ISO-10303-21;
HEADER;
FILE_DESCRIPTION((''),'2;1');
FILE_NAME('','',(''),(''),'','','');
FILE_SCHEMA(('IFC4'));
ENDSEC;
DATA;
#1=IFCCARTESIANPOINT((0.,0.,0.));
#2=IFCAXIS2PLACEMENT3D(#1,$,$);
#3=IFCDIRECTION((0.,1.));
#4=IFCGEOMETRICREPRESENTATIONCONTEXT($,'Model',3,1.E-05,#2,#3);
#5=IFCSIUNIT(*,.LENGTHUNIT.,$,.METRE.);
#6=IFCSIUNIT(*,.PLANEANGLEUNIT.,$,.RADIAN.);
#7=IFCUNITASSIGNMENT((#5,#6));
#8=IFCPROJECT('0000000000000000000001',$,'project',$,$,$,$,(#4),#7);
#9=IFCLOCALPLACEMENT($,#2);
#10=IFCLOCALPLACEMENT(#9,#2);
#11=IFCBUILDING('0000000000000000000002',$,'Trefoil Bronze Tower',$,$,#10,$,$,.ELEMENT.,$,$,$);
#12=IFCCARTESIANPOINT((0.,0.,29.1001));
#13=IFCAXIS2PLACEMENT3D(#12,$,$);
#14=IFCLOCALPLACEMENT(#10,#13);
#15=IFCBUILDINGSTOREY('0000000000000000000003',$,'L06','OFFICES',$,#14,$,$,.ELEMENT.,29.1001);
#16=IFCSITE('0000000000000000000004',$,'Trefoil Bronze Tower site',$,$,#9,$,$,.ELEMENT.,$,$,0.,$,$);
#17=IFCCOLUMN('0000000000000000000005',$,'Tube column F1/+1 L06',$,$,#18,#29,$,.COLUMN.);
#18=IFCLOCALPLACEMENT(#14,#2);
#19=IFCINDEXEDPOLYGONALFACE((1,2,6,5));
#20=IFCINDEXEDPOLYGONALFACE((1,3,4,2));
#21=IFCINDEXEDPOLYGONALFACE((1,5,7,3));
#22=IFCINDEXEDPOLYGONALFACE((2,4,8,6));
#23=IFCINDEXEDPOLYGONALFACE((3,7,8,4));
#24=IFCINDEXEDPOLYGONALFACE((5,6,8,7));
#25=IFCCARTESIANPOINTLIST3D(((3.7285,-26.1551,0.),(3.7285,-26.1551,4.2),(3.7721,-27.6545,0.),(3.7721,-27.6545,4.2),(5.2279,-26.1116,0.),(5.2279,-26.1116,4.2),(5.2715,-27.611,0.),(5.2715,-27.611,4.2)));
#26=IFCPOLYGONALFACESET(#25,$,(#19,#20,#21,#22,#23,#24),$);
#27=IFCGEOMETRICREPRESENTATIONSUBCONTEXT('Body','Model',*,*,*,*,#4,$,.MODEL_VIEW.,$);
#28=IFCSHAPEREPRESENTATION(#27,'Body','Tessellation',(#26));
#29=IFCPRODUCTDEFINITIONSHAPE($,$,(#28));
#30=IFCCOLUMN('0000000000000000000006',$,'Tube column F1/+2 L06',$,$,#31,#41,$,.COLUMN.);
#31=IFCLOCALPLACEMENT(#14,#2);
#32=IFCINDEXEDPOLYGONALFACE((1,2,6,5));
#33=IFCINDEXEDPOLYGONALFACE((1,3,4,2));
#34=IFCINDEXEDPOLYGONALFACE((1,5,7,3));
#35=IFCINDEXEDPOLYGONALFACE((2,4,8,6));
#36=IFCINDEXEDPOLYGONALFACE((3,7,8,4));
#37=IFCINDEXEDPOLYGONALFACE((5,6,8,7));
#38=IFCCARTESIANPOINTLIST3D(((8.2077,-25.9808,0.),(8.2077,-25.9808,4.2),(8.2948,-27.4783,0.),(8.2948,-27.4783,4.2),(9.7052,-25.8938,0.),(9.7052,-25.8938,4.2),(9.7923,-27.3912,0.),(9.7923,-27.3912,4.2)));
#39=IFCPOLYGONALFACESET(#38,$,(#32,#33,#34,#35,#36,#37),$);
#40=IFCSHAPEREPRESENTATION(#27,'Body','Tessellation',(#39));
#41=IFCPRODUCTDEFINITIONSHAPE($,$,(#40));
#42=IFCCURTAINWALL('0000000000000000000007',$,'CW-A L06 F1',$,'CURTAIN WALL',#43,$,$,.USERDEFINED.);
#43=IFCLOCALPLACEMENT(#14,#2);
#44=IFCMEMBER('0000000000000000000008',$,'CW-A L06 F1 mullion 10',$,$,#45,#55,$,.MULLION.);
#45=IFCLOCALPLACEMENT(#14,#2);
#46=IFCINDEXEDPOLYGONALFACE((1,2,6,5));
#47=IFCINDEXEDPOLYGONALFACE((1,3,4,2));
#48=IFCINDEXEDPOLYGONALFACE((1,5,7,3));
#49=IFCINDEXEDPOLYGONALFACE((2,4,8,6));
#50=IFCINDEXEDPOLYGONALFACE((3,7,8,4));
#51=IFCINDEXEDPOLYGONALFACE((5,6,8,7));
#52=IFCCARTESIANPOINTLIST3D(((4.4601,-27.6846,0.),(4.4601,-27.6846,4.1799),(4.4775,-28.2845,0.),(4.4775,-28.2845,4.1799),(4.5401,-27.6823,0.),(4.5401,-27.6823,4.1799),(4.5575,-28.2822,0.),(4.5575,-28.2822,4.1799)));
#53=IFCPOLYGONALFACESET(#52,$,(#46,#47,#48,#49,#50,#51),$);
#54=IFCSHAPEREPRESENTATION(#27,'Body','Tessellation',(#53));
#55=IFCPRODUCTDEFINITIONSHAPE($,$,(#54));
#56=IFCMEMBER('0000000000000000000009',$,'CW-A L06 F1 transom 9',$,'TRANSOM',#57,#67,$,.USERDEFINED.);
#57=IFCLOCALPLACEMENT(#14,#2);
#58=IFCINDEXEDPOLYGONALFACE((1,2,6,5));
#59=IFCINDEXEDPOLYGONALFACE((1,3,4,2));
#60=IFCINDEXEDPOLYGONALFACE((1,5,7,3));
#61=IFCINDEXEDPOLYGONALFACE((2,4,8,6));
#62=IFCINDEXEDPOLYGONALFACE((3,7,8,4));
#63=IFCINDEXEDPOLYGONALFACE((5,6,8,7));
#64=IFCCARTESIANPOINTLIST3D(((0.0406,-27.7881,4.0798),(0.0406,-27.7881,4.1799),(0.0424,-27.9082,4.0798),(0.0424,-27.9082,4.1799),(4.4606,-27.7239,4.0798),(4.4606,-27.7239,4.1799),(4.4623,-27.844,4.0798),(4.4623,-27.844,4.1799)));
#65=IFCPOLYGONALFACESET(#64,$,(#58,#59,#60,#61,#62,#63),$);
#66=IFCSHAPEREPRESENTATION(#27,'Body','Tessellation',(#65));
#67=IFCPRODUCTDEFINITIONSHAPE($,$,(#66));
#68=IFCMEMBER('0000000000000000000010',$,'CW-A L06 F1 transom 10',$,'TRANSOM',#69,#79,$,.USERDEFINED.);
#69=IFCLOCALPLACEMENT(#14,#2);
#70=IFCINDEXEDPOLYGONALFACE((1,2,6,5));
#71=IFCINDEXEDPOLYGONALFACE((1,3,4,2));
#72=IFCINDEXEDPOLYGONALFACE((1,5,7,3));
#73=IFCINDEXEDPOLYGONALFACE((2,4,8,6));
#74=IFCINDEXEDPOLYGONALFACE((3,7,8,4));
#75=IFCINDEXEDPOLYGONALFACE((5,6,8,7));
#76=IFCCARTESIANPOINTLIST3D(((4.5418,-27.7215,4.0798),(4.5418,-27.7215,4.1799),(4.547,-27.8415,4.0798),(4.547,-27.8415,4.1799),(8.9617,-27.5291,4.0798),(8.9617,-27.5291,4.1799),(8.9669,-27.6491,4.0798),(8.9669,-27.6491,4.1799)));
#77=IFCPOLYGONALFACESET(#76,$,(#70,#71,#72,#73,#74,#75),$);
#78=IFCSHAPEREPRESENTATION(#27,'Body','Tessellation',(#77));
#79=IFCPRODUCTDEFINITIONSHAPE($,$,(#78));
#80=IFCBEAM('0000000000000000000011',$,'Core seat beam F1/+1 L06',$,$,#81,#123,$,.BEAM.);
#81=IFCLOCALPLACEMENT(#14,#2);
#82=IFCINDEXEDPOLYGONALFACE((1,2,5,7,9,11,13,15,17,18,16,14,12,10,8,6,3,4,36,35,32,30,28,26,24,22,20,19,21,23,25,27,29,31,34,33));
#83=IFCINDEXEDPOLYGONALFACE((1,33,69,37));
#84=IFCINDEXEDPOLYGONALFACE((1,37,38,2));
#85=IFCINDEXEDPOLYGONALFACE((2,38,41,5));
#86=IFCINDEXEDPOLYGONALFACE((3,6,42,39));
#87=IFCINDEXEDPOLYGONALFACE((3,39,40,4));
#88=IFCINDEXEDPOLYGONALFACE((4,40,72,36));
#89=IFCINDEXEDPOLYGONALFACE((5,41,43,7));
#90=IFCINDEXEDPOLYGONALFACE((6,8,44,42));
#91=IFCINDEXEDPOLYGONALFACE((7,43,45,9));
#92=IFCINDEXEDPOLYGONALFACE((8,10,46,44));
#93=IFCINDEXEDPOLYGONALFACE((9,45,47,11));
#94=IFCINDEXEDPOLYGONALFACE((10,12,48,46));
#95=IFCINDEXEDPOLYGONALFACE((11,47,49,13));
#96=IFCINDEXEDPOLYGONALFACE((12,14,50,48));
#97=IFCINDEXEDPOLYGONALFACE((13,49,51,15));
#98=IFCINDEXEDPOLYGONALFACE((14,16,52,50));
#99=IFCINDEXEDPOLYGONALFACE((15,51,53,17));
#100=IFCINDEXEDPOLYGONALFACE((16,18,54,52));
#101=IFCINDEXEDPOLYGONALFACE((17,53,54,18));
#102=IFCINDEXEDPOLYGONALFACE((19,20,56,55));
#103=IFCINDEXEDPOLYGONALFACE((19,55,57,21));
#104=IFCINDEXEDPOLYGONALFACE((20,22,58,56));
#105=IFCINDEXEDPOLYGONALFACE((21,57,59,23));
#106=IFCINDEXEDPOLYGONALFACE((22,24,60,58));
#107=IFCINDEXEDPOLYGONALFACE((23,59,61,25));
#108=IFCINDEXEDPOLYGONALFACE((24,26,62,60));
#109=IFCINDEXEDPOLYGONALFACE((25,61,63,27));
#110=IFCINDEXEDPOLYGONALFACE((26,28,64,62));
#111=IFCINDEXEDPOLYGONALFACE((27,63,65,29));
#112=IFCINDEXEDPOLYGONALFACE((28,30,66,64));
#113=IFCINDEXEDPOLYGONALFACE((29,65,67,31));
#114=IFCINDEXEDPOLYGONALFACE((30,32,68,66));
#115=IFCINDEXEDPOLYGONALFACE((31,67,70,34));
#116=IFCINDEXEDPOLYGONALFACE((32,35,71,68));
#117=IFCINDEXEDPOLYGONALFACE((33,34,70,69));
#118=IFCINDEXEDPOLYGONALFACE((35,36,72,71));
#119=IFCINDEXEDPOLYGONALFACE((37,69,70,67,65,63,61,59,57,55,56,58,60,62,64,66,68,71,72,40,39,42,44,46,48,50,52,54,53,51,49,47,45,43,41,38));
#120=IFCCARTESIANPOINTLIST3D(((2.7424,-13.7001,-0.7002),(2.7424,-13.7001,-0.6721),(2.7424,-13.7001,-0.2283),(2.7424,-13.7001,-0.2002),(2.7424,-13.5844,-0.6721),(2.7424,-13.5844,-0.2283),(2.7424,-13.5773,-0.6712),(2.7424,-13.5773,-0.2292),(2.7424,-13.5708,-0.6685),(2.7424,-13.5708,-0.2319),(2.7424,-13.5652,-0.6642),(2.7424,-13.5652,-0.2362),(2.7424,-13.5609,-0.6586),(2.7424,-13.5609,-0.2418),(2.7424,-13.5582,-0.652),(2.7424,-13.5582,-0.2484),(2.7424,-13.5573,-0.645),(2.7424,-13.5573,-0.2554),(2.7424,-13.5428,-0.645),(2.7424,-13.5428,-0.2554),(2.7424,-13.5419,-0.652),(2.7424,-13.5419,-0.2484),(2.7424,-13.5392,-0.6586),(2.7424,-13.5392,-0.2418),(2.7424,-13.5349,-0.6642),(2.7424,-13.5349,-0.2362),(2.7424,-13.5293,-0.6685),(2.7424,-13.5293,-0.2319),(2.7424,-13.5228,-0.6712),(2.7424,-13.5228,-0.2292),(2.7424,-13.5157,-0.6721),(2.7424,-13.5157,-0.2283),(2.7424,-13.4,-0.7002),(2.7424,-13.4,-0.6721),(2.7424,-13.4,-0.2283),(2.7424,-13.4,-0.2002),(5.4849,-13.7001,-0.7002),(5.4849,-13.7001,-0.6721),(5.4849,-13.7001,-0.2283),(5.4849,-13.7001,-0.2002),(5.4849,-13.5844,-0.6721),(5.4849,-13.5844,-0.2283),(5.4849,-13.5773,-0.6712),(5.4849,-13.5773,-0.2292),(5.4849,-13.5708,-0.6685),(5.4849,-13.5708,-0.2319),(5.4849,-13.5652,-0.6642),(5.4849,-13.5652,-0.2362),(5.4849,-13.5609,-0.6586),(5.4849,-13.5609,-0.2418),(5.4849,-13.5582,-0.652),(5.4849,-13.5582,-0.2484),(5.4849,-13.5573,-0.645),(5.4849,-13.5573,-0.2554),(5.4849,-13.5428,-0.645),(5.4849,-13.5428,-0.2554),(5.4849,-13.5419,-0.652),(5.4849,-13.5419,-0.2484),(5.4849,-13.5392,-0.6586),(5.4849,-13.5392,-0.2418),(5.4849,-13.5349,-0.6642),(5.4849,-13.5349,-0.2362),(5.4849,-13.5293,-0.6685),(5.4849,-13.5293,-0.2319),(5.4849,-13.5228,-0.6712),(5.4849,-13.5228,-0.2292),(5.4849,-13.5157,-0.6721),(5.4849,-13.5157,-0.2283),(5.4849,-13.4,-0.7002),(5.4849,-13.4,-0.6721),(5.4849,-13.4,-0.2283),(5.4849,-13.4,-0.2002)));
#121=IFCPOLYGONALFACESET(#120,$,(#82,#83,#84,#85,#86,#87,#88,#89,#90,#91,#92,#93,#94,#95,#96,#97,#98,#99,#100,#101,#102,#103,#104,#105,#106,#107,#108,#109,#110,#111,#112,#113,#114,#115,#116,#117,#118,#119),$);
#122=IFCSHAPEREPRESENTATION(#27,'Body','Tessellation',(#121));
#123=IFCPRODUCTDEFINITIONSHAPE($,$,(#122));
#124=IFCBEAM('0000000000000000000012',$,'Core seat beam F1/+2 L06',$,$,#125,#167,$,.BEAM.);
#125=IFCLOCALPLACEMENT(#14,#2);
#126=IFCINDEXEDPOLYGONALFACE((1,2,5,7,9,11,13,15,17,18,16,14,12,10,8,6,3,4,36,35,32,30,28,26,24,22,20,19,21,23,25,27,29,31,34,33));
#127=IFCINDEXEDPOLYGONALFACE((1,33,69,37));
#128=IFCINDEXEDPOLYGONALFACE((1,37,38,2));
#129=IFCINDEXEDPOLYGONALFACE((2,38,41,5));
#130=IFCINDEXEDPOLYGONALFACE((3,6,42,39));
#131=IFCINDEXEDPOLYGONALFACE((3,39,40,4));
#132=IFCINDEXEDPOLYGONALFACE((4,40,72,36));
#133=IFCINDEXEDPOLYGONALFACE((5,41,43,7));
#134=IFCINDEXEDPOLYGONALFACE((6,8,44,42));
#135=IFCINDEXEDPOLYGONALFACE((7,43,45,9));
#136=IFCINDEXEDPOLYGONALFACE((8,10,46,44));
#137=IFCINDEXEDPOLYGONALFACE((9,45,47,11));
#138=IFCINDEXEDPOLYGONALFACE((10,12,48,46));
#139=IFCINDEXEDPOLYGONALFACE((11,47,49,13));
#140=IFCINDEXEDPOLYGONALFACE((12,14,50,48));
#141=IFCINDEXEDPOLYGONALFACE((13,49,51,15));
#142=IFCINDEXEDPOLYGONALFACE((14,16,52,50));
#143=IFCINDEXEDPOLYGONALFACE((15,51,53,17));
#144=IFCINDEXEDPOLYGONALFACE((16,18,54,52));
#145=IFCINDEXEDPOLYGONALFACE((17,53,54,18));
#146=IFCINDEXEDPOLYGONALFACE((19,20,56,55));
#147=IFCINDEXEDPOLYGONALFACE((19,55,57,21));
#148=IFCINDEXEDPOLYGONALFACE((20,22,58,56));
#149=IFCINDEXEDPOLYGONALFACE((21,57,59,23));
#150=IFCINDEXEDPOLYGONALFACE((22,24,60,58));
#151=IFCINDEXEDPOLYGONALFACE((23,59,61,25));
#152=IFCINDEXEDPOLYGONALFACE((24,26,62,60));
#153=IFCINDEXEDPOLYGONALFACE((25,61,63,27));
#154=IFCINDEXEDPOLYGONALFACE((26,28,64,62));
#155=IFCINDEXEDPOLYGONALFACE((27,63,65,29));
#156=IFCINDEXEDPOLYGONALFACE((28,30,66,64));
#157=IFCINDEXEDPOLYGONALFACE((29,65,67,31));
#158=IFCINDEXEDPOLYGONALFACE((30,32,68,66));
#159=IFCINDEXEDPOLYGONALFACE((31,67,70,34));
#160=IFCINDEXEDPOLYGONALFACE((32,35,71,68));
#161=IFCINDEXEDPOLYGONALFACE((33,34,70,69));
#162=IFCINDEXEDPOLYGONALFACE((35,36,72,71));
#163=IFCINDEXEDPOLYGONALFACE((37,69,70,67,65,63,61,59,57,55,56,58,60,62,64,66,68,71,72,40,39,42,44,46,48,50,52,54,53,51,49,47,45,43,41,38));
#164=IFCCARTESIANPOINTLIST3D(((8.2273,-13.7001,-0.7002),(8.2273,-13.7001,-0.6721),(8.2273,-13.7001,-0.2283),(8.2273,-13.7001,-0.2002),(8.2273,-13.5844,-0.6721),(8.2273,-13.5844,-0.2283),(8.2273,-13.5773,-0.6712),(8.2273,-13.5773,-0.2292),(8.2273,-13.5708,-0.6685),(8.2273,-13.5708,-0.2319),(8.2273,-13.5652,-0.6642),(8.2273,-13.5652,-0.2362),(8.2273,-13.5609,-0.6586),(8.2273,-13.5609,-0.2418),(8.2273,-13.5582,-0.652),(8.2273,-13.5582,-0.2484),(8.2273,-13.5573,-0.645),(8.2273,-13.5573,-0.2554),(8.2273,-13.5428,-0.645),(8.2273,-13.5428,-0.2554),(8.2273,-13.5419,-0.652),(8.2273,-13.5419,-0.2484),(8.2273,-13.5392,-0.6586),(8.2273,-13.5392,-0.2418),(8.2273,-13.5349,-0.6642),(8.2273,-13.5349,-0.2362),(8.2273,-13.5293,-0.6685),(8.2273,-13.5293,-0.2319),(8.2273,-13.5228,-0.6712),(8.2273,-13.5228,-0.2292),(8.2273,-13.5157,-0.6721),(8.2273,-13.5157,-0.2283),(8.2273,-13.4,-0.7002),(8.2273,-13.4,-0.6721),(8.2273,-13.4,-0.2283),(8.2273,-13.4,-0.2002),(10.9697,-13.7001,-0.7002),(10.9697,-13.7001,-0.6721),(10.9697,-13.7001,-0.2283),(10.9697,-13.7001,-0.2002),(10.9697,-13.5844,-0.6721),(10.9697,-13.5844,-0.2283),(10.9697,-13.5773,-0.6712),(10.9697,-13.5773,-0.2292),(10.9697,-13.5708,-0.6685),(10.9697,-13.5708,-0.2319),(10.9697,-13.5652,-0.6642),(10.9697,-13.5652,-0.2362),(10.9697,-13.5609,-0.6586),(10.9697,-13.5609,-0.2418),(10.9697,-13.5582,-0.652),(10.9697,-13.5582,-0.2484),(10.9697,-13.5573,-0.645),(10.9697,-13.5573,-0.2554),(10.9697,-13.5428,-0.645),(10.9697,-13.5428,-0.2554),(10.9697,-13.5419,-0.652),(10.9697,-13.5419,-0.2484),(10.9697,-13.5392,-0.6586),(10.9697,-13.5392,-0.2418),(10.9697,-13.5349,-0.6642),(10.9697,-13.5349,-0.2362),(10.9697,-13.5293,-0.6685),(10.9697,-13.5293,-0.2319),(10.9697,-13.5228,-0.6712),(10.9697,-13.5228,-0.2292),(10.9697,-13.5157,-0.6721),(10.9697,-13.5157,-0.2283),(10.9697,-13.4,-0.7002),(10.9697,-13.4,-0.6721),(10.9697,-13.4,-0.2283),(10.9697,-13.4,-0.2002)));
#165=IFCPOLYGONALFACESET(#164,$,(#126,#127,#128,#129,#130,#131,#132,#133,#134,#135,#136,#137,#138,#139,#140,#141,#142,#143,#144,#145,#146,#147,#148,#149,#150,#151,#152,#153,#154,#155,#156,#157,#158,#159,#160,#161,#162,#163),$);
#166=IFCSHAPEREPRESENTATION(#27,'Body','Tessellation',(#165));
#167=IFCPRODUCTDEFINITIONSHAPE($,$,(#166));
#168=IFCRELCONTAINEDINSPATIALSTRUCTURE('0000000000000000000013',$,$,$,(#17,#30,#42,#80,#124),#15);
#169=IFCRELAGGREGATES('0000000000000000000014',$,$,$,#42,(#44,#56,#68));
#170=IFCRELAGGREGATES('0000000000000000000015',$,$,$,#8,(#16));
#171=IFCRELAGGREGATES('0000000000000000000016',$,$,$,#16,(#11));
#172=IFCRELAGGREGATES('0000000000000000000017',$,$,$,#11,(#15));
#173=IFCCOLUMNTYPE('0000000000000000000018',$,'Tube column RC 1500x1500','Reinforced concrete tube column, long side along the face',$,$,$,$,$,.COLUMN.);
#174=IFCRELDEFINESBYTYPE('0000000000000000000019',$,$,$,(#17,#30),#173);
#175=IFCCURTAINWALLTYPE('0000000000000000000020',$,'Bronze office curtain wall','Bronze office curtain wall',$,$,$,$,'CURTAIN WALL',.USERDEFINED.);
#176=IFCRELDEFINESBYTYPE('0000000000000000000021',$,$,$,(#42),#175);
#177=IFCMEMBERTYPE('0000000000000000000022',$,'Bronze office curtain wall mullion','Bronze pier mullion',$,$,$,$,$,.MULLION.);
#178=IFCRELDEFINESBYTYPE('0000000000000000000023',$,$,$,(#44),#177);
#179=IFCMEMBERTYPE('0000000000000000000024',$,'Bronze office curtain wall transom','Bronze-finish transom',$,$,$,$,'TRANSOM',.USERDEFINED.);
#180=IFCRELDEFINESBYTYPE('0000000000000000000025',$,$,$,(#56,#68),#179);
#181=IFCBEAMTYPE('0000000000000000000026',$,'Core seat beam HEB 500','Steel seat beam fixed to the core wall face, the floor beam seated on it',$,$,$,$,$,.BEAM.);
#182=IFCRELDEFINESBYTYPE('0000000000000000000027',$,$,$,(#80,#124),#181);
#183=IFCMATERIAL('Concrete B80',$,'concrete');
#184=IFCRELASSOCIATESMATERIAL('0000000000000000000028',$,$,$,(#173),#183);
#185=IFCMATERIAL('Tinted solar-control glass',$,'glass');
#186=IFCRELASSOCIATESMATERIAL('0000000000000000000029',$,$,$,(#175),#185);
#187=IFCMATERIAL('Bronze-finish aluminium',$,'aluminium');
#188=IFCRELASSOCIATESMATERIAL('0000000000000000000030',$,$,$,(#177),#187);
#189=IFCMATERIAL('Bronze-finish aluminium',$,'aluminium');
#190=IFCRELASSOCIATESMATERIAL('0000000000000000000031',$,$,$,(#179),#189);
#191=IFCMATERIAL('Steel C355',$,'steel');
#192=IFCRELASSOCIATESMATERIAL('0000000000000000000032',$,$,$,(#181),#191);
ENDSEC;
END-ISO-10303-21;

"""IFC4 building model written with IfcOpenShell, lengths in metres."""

from ifc_helpers import new_model, si_unit, direction, frame, origin, origin_2d, place, context, subcontext, project, spatial, rectangle, i_section, extrude, material, material_profile, profile_set, type_object, element, aggregate, save


model = new_model("IFC4")

# Units and contexts
model_context = context("Model", 3, precision=1e-05, world=origin(), true_north=direction((0.0, 1.0)))
body_context = subcontext(model_context, "Body", "Model", "MODEL_VIEW")
ifc_project = project(units=[si_unit("LENGTHUNIT", "METRE"), si_unit("PLANEANGLEUNIT", "RADIAN")], contexts=[model_context])

# Site, building, storey
site_placement = place(None, origin())
site = spatial("IfcSite", under=ifc_project, at=site_placement, Name="Trefoil Bronze Tower site", CompositionType="ELEMENT", RefElevation=0.0)
building_placement = place(site_placement, origin())
building = spatial("IfcBuilding", under=site, at=building_placement, Name="Trefoil Bronze Tower", CompositionType="ELEMENT")
storey_placement = place(building_placement, frame((0.0, 0.0, 29.1001)))
storey = spatial("IfcBuildingStorey", under=building, at=storey_placement, Name="L06", Description="OFFICES", CompositionType="ELEMENT", Elevation=29.1001)

# Columns
ifc_material_1 = material(Name="Concrete B80", Category="concrete")
ifc_material_profile_1 = material_profile(ifc_material_1, rectangle(XDim=1.5, YDim=1.5, at=origin_2d()), Name="RC 1500x1500")
ifc_profile_set_1 = profile_set([ifc_material_profile_1], Name="Concrete B80")
column_type = type_object("IfcColumnType", Name="Tube column RC 1500x1500", Description="Reinforced concrete tube column, long side along the face", PredefinedType="COLUMN", material=ifc_profile_set_1)
for number, where, z_axis, x_axis, name in (
    (1, (4.5, -26.8831, 0.0), (0.0, 0.0, 1.0), (0.999579, 0.029022, 0.0), "Tube column F1/+1 L06"),
    (2, (9.0, -26.686, 0.0), (0.0, 0.0, 1.0), (0.998314, 0.058043, 0.0), "Tube column F1/+2 L06"),
):
    element("IfcColumn", number, at=place(storey_placement, frame(where, z_axis=z_axis, x_axis=x_axis)), inside=storey, type_object=column_type, Name=name, PredefinedType="COLUMN", context=body_context, shape_type="SweptSolid", body=[
        extrude(rectangle(XDim=1.5, YDim=1.5, at=origin_2d()), origin(), (0.0, 0.0, 1.0), 4.2),
    ])

# Curtain wall, members
ifc_material_2 = material(Name="Tinted solar-control glass", Category="glass")
curtain_wall_type = type_object("IfcCurtainWallType", Name="Bronze office curtain wall", Description="Bronze office curtain wall", ElementType="CURTAIN WALL", PredefinedType="USERDEFINED", material=ifc_material_2)
curtain_wall_placement = place(storey_placement, origin())
curtain_wall = element("IfcCurtainWall", 3, at=curtain_wall_placement, inside=storey, type_object=curtain_wall_type, Name="CW-A L06 F1", ObjectType="CURTAIN WALL", PredefinedType="USERDEFINED")
ifc_material_3 = material(Name="Bronze-finish aluminium", Category="aluminium")
ifc_material_profile_2 = material_profile(ifc_material_3, rectangle(XDim=0.6001, YDim=0.0801, at=origin_2d()), Name="CW-A mullion")
ifc_profile_set_2 = profile_set([ifc_material_profile_2], Name="Bronze-finish aluminium")
member_type_1 = type_object("IfcMemberType", Name="Bronze office curtain wall mullion", Description="Bronze pier mullion", PredefinedType="MULLION", material=ifc_profile_set_2)
member_1_placement = place(storey_placement, frame((4.5088, -27.9834, 0.0), z_axis=(0.0, 0.0, 1.0), x_axis=(-0.029022, 0.999579, 0.0)))
member_1 = element("IfcMember", 4, at=member_1_placement, type_object=member_type_1, Name="CW-A L06 F1 mullion 10", PredefinedType="MULLION", context=body_context, shape_type="SweptSolid", body=[
    extrude(rectangle(XDim=0.6001, YDim=0.0801, at=origin_2d()), origin(), (0.0, 0.0, 1.0), 4.1799),
])
ifc_material_4 = material(Name="Bronze-finish aluminium", Category="aluminium")
ifc_material_profile_3 = material_profile(ifc_material_4, rectangle(XDim=0.1201, YDim=0.1001, at=origin_2d()), Name="CW-A transom")
ifc_profile_set_3 = profile_set([ifc_material_profile_3], Name="Bronze-finish aluminium")
member_type_2 = type_object("IfcMemberType", Name="Bronze office curtain wall transom", Description="Bronze-finish transom", ElementType="TRANSOM", PredefinedType="USERDEFINED", material=ifc_profile_set_3)
member_2_placement = place(storey_placement, frame((0.0415, -27.8481, 4.1299), z_axis=(0.999894, 0.014526, 0.0), x_axis=(-0.014526, 0.999894, 0.0)))
member_2 = element("IfcMember", 5, at=member_2_placement, type_object=member_type_2, Name="CW-A L06 F1 transom 9", ObjectType="TRANSOM", PredefinedType="USERDEFINED", context=body_context, shape_type="SweptSolid", body=[
    extrude(rectangle(XDim=0.1201, YDim=0.1001, at=origin_2d()), origin(), (0.0, 0.0, 1.0), 4.4204),
])
member_3_placement = place(storey_placement, frame((4.5444, -27.7815, 4.1299), z_axis=(0.999054, 0.043485, 0.0), x_axis=(-0.043485, 0.999054, 0.0)))
member_3 = element("IfcMember", 6, at=member_3_placement, type_object=member_type_2, Name="CW-A L06 F1 transom 10", ObjectType="TRANSOM", PredefinedType="USERDEFINED", context=body_context, shape_type="SweptSolid", body=[
    extrude(rectangle(XDim=0.1201, YDim=0.1001, at=origin_2d()), origin(), (0.0, 0.0, 1.0), 4.4241),
])

# Beams
ifc_material_5 = material(Name="Steel C355", Category="steel")
ifc_material_profile_4 = material_profile(ifc_material_5, i_section(OverallWidth=0.3, OverallDepth=0.5, WebThickness=0.0144, FlangeThickness=0.0281, FilletRadius=0.0271, at=origin_2d()), Name="HEB 500")
ifc_profile_set_4 = profile_set([ifc_material_profile_4], Name="Steel C355")
beam_type_1 = type_object("IfcBeamType", Name="Core seat beam HEB 500", Description="Steel seat beam fixed to the core wall face, the floor beam seated on it", PredefinedType="BEAM", material=ifc_profile_set_4)
for number, where, z_axis, x_axis, name in (
    (7, (2.7424, -13.55, -0.4502), (1.0, 0.0, 0.0), (0.0, 1.0, 0.0), "Core seat beam F1/+1 L06"),
    (8, (8.2273, -13.55, -0.4502), (1.0, 0.0, 0.0), (0.0, 1.0, 0.0), "Core seat beam F1/+2 L06"),
):
    element("IfcBeam", number, at=place(storey_placement, frame(where, z_axis=z_axis, x_axis=x_axis)), inside=storey, type_object=beam_type_1, Name=name, PredefinedType="BEAM", context=body_context, shape_type="SweptSolid", body=[
        extrude(i_section(OverallWidth=0.3, OverallDepth=0.5, WebThickness=0.0144, FlangeThickness=0.0281, FilletRadius=0.0271, at=origin_2d()), origin(), (0.0, 0.0, 1.0), 2.7424),
    ])

aggregate(curtain_wall, [member_1, member_2, member_3])

save(model, "model.ifc")
